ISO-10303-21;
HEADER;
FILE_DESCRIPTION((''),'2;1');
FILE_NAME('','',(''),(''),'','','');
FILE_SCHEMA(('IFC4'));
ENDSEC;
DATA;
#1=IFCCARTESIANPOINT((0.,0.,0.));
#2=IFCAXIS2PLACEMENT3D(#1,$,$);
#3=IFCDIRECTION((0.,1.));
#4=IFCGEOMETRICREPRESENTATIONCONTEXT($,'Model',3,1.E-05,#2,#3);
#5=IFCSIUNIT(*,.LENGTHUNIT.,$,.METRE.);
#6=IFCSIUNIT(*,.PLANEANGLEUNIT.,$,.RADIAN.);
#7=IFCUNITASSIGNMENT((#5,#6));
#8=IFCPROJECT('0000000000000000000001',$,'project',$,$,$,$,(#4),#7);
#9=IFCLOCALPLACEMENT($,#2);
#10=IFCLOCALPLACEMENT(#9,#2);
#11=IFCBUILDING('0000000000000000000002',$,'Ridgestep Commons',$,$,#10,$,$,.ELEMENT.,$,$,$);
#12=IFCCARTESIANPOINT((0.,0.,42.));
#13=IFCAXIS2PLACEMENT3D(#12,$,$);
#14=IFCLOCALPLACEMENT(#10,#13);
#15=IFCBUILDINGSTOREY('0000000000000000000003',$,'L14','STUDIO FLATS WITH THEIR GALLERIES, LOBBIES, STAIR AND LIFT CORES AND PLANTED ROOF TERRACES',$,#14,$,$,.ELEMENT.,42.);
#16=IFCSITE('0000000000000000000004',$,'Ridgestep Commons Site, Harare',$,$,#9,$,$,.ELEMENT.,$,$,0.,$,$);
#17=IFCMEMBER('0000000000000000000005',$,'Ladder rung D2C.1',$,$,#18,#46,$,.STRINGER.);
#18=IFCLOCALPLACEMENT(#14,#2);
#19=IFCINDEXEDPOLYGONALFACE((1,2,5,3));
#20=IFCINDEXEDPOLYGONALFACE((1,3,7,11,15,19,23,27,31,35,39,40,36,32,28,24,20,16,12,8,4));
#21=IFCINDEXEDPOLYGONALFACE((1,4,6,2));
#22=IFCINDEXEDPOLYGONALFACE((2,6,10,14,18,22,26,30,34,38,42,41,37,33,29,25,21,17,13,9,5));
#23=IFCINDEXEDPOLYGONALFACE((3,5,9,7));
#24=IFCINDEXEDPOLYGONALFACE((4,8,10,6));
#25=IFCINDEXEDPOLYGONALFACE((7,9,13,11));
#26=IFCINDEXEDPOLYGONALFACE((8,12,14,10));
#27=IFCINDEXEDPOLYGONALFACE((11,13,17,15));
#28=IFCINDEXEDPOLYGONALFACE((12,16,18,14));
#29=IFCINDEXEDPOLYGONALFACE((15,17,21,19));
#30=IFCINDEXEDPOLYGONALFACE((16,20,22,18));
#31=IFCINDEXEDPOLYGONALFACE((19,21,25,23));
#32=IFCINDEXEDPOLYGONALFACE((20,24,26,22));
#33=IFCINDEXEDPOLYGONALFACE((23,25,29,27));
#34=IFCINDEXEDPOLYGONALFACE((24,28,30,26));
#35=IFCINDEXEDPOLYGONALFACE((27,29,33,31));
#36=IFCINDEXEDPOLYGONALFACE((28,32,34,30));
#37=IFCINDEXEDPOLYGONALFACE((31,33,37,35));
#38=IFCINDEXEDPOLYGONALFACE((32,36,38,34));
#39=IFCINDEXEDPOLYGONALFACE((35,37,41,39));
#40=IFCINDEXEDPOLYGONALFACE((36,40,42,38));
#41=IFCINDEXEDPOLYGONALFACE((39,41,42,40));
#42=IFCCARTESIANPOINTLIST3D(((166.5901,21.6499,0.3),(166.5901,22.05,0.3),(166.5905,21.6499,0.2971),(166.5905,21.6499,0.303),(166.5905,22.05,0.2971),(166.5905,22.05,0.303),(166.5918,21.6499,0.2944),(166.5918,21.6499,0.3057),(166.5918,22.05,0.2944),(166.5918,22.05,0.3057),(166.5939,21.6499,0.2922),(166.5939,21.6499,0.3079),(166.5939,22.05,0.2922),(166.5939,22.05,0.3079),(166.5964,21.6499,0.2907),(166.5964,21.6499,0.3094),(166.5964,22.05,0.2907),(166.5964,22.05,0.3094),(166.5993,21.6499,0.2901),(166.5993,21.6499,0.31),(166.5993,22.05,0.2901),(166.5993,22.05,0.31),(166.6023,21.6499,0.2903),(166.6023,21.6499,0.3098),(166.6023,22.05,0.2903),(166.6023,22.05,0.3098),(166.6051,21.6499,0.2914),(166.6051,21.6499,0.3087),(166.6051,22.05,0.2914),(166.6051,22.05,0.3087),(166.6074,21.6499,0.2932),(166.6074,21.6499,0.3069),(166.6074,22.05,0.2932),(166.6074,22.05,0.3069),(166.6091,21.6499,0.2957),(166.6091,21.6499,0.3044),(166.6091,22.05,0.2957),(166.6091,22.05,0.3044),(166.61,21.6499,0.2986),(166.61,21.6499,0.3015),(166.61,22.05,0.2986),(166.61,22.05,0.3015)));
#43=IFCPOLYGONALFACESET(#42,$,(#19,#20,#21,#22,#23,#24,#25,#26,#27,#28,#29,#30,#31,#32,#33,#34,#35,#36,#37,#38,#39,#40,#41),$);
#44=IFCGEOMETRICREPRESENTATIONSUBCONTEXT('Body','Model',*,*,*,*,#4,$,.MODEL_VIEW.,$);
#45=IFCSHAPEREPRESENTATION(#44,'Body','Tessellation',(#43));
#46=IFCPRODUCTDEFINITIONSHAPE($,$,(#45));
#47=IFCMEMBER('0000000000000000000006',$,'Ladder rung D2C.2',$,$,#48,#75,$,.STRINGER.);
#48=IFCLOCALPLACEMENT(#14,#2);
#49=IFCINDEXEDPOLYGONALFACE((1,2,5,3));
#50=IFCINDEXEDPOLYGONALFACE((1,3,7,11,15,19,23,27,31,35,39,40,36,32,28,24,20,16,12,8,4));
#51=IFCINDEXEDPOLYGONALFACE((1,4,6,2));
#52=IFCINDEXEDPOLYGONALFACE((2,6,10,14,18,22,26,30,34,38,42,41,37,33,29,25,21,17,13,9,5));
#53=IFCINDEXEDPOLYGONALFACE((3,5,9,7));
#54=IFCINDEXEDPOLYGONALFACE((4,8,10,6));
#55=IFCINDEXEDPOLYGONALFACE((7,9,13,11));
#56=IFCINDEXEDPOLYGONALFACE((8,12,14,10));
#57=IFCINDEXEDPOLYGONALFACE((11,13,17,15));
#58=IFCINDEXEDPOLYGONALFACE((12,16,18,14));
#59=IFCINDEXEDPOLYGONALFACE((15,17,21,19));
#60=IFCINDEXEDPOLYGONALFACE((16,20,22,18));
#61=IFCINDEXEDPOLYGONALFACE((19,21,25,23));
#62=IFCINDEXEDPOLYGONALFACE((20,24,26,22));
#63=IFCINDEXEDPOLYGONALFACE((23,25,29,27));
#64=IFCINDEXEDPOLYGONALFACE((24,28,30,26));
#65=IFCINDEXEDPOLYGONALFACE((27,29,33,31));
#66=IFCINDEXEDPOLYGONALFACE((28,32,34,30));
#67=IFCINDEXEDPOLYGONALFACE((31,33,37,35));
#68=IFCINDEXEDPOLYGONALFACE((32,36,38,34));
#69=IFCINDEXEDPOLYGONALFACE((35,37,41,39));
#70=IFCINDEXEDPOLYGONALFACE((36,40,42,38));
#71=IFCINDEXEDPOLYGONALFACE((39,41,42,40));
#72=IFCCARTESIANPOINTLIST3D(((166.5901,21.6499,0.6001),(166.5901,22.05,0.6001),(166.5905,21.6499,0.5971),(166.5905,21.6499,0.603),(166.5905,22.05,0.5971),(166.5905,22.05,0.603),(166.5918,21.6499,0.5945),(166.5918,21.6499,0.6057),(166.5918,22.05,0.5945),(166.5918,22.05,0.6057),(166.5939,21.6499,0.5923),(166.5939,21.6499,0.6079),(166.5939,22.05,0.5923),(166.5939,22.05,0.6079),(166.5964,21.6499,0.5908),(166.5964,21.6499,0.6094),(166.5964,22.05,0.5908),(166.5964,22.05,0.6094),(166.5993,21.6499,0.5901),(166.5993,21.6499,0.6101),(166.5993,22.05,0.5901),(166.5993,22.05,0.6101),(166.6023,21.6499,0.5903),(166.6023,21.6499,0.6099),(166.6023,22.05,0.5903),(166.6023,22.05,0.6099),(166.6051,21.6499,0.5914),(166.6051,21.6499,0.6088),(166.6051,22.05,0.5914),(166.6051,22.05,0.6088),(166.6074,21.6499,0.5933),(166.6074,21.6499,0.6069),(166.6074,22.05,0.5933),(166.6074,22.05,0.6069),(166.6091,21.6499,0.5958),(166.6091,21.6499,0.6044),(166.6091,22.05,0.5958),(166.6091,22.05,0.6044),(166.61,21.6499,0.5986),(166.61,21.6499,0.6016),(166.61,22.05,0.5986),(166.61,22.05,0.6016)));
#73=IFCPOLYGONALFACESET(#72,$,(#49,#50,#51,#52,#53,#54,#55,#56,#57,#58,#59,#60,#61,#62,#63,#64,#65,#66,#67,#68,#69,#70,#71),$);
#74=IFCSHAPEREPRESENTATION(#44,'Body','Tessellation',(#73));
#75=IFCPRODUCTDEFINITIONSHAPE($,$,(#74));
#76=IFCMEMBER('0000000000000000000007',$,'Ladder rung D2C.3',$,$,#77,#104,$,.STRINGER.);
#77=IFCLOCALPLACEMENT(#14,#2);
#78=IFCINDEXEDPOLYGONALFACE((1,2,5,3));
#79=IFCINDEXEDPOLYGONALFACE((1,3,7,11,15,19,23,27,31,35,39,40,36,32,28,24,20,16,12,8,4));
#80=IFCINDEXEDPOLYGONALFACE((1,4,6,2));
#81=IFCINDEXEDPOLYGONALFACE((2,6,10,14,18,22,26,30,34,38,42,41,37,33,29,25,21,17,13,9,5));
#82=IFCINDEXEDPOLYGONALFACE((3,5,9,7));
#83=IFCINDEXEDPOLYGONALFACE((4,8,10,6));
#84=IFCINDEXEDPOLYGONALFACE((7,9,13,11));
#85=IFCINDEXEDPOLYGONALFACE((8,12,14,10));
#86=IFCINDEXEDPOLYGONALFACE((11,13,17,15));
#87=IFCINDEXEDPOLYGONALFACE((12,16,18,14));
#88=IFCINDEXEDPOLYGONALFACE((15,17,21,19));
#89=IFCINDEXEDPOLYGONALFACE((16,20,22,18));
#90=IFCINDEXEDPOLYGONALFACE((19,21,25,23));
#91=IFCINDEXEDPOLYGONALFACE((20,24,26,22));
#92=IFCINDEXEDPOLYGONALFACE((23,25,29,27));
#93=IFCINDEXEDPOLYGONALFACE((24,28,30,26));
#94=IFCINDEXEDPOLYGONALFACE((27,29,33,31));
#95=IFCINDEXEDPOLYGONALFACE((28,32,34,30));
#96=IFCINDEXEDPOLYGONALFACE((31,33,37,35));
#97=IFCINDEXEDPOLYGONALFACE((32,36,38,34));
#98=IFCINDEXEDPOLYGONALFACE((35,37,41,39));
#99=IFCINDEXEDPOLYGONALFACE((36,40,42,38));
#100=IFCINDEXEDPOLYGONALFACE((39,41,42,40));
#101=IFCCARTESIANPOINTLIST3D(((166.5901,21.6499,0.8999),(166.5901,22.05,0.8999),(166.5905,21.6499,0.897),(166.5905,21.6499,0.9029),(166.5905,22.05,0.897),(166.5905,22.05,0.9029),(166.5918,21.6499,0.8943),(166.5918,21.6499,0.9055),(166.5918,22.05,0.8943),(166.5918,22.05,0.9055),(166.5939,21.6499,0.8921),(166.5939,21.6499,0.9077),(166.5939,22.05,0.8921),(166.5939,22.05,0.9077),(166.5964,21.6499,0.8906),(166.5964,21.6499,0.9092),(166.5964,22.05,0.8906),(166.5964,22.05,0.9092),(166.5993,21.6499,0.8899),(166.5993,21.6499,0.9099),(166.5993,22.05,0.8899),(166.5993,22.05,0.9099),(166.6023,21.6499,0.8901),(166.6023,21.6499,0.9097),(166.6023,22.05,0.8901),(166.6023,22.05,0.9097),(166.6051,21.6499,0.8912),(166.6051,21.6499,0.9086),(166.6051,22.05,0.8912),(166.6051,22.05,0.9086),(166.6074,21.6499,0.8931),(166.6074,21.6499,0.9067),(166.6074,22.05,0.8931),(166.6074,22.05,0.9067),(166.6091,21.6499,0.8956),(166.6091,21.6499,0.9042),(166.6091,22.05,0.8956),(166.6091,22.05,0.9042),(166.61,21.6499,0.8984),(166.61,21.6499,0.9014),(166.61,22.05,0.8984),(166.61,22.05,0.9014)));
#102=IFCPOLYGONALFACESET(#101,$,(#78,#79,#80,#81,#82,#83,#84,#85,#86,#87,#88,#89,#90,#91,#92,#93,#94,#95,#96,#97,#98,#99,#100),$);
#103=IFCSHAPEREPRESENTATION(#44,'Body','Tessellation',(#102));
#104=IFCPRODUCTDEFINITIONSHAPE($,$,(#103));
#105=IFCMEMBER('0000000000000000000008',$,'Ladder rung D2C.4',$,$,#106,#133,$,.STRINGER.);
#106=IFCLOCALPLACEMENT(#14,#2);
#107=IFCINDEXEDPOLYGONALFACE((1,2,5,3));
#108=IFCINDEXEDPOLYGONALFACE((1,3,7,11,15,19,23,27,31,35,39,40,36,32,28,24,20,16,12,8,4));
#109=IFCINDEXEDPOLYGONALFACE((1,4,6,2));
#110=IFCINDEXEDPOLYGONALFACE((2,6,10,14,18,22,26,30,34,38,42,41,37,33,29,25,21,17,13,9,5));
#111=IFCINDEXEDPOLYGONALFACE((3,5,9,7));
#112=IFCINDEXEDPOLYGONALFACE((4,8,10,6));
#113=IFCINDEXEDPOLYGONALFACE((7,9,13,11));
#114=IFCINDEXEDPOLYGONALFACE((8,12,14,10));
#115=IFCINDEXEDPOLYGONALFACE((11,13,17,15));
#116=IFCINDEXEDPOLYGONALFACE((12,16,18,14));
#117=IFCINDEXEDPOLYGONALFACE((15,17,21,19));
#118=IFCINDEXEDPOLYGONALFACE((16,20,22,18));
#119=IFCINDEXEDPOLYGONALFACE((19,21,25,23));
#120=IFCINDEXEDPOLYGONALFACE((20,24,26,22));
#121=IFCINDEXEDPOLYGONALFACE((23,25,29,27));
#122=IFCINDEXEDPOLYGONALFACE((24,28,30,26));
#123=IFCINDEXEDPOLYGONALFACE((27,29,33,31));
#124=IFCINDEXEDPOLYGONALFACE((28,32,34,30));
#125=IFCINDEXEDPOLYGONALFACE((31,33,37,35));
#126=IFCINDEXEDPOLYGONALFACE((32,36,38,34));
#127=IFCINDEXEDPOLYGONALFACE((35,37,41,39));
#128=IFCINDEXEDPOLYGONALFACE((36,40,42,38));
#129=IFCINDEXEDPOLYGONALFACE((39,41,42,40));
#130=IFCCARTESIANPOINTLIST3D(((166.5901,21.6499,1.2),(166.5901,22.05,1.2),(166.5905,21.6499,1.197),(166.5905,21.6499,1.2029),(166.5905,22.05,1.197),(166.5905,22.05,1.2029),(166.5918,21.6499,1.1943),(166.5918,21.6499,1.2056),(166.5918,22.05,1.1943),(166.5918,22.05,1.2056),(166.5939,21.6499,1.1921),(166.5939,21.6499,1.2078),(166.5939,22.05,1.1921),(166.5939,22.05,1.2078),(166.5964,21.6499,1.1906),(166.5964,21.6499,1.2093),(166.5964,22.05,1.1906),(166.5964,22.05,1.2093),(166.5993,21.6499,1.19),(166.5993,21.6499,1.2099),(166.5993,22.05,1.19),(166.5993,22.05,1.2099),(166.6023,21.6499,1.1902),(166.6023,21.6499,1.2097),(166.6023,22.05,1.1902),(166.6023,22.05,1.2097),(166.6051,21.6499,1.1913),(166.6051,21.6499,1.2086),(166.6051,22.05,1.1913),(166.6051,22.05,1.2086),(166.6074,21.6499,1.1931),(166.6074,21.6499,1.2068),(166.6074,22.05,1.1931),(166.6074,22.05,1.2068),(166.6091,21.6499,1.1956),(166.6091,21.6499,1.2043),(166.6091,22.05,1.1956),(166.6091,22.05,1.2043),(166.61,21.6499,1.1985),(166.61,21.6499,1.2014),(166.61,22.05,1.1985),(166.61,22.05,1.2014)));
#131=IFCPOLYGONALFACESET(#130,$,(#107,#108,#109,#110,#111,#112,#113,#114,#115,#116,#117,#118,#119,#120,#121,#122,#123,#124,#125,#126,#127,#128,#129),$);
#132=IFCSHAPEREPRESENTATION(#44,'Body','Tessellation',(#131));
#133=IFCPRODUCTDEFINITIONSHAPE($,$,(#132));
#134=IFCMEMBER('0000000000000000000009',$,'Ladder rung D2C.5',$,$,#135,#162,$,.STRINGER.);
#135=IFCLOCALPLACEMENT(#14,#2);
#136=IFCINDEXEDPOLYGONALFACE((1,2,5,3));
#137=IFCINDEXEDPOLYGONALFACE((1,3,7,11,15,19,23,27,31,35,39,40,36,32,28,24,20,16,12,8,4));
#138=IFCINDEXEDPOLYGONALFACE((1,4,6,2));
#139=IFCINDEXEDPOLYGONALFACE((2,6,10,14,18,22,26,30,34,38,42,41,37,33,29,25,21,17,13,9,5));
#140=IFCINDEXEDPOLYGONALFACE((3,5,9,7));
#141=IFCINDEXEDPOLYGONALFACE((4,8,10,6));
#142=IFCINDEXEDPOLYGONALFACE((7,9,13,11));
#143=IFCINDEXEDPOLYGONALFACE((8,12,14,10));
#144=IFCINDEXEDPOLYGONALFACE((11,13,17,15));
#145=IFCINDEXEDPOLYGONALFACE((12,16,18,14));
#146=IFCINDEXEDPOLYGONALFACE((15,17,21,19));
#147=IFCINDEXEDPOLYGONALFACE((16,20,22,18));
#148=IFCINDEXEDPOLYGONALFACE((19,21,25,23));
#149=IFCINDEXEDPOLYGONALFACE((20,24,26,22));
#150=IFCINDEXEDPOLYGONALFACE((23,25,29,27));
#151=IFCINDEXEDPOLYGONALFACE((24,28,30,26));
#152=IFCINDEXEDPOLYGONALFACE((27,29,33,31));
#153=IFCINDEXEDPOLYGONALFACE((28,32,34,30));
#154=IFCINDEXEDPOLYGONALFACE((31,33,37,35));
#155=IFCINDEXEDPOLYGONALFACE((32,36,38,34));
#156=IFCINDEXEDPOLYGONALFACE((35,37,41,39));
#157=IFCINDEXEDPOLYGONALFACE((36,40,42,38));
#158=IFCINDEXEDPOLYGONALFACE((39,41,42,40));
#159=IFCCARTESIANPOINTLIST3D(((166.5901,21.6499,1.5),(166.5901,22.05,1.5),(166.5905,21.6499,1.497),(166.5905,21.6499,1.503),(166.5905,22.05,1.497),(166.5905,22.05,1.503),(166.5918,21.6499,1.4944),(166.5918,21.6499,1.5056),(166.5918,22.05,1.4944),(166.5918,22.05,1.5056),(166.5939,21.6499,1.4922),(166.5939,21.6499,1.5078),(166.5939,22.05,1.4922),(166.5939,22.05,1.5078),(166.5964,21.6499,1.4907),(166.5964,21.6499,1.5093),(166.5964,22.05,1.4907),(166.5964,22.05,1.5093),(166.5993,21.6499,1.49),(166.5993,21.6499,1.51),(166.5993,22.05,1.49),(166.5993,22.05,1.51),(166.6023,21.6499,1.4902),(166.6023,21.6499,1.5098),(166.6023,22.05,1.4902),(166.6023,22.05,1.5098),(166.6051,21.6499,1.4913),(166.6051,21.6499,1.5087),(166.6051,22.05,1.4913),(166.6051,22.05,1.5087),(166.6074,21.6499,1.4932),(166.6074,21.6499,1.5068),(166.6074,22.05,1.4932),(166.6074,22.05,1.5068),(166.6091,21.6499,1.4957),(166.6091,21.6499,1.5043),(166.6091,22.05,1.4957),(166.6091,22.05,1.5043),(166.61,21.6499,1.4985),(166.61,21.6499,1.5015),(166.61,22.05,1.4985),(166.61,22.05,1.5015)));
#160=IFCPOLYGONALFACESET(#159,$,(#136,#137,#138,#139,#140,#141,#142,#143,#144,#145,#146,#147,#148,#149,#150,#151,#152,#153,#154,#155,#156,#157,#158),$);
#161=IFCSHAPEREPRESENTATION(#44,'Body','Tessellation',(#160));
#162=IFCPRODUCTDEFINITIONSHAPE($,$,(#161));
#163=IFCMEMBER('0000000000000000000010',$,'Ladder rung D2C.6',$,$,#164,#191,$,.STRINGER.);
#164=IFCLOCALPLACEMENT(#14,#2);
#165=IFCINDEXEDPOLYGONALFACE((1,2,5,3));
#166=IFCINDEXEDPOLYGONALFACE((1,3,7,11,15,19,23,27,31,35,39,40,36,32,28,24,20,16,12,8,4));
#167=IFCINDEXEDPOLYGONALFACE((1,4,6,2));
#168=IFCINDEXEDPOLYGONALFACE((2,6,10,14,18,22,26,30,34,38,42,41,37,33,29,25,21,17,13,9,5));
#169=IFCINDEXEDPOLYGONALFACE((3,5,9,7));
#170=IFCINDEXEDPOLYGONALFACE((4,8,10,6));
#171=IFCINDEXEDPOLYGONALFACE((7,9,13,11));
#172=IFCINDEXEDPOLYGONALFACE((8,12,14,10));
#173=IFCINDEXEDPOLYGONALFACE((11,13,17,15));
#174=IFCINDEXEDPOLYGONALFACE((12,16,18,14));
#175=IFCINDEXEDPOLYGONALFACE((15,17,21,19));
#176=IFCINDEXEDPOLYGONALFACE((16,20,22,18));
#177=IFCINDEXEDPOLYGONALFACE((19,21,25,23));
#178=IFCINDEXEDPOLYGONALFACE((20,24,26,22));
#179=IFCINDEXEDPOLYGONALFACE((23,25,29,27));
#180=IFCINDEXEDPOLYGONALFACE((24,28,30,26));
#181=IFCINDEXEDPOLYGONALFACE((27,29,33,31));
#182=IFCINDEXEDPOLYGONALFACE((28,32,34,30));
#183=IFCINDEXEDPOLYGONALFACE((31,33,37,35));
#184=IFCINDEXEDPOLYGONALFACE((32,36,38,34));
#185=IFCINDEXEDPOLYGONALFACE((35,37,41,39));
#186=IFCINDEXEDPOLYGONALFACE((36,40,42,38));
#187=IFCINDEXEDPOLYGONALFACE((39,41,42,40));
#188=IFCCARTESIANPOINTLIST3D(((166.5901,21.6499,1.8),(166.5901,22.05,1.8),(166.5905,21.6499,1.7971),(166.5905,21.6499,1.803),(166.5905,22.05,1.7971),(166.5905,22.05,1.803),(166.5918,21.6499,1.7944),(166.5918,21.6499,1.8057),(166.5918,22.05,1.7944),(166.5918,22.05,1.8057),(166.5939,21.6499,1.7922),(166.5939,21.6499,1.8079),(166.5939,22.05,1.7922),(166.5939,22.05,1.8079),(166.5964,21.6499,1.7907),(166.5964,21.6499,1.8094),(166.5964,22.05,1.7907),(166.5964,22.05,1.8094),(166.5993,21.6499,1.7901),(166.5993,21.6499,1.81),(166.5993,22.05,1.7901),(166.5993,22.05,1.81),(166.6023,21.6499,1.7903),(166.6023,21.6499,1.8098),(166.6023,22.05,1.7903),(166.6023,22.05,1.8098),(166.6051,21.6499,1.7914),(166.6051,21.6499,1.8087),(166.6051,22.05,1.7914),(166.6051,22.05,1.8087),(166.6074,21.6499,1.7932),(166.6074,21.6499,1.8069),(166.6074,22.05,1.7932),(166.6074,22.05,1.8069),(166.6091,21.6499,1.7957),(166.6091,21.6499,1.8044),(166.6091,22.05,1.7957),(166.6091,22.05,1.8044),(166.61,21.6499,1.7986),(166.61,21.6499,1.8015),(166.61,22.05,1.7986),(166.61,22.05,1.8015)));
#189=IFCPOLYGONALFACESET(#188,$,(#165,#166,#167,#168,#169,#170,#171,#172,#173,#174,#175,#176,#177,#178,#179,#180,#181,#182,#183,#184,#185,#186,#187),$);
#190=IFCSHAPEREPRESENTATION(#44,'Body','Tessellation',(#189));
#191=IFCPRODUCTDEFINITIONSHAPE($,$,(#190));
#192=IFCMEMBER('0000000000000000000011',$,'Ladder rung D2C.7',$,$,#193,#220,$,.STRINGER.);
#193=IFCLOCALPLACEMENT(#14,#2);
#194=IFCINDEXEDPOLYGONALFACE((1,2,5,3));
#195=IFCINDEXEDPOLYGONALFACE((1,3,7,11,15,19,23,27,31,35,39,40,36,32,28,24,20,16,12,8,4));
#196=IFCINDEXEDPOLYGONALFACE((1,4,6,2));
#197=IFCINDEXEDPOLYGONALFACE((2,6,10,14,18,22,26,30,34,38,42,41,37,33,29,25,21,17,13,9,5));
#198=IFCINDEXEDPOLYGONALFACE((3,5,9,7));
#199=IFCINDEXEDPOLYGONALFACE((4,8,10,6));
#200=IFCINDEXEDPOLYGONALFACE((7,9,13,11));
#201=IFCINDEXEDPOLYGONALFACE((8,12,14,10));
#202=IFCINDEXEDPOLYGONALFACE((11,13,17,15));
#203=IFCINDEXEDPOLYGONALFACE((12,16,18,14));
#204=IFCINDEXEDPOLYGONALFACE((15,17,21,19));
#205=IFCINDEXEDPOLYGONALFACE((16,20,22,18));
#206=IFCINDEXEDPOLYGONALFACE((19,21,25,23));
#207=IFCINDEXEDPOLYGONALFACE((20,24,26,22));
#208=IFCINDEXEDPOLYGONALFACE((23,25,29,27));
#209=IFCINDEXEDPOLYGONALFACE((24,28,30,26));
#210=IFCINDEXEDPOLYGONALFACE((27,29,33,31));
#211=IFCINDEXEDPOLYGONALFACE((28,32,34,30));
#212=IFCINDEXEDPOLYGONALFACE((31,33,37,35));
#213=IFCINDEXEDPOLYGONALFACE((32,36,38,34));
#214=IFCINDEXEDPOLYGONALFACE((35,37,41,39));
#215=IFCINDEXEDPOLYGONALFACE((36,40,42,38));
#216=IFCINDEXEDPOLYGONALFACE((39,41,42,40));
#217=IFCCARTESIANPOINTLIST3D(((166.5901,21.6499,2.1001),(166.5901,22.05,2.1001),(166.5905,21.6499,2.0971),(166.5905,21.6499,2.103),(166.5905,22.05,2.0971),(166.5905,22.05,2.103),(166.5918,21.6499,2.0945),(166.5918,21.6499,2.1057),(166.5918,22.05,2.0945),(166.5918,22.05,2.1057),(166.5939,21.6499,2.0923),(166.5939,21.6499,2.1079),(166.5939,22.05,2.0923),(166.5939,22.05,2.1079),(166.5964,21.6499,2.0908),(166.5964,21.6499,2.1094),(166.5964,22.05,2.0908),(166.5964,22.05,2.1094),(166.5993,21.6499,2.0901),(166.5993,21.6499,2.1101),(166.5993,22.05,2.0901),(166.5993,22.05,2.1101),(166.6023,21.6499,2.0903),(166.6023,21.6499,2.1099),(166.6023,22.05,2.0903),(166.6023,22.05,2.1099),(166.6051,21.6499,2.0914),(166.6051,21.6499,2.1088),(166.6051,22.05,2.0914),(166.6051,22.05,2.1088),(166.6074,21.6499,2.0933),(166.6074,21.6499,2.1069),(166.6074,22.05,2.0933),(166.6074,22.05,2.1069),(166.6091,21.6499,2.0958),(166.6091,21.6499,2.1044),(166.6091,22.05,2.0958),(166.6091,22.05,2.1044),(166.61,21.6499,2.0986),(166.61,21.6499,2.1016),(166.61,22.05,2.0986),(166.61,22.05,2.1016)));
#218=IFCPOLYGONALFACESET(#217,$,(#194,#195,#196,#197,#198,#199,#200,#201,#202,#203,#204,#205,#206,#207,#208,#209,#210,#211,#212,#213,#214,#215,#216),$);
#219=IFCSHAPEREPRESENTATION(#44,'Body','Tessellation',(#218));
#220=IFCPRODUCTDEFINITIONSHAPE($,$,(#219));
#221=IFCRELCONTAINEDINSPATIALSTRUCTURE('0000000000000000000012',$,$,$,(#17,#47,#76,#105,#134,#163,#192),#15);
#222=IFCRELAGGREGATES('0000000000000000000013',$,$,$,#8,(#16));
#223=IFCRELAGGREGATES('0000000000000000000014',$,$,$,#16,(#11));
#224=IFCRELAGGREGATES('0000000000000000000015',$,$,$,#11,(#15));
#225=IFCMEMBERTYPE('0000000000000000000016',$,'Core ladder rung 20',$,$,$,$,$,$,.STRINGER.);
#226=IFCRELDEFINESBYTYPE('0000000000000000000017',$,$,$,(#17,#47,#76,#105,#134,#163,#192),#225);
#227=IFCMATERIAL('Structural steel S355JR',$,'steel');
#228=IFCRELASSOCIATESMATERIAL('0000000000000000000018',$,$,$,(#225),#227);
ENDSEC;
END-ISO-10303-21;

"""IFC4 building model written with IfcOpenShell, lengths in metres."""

from ifc_helpers import new_model, si_unit, direction, frame, origin, origin_2d, place, context, subcontext, project, spatial, circle, extrude, material, material_profile, profile_set, type_object, element, save


model = new_model("IFC4")

# Units and contexts
model_context = context("Model", 3, precision=1e-05, world=origin(), true_north=direction((0.0, 1.0)))
body_context = subcontext(model_context, "Body", "Model", "MODEL_VIEW")
ifc_project = project(units=[si_unit("LENGTHUNIT", "METRE"), si_unit("PLANEANGLEUNIT", "RADIAN")], contexts=[model_context])

# Site, building, storey
site_placement = place(None, origin())
site = spatial("IfcSite", under=ifc_project, at=site_placement, Name="Ridgestep Commons Site, Harare", CompositionType="ELEMENT", RefElevation=0.0)
building_placement = place(site_placement, origin())
building = spatial("IfcBuilding", under=site, at=building_placement, Name="Ridgestep Commons", CompositionType="ELEMENT")
storey_placement = place(building_placement, frame((0.0, 0.0, 42.0)))
storey = spatial("IfcBuildingStorey", under=building, at=storey_placement, Name="L14", Description="STUDIO FLATS WITH THEIR GALLERIES, LOBBIES, STAIR AND LIFT CORES AND PLANTED ROOF TERRACES", CompositionType="ELEMENT", Elevation=42.0)

# Members
ifc_material_1 = material(Name="Structural steel S355JR", Category="steel")
ifc_material_profile_1 = material_profile(ifc_material_1, circle(Radius=0.01, at=origin_2d()), Name="Round bar 20")
ifc_profile_set_1 = profile_set([ifc_material_profile_1], Name="Structural steel S355JR")
member_type_1 = type_object("IfcMemberType", Name="Core ladder rung 20", PredefinedType="STRINGER", material=ifc_profile_set_1)
for number, where, z_axis, x_axis, name in (
    (1, (166.6001, 21.6499, 0.3), (0.0, 1.0, 0.0), (-1.0, 0.0, 0.0), "Ladder rung D2C.1"),
    (2, (166.6001, 21.6499, 0.6001), (0.0, 1.0, 0.0), (-1.0, 0.0, 0.0), "Ladder rung D2C.2"),
    (3, (166.6001, 21.6499, 0.8999), (0.0, 1.0, 0.0), (-1.0, 0.0, 0.0), "Ladder rung D2C.3"),
    (4, (166.6001, 21.6499, 1.2), (0.0, 1.0, 0.0), (-1.0, 0.0, 0.0), "Ladder rung D2C.4"),
    (5, (166.6001, 21.6499, 1.5), (0.0, 1.0, 0.0), (-1.0, 0.0, 0.0), "Ladder rung D2C.5"),
    (6, (166.6001, 21.6499, 1.8), (0.0, 1.0, 0.0), (-1.0, 0.0, 0.0), "Ladder rung D2C.6"),
    (7, (166.6001, 21.6499, 2.1001), (0.0, 1.0, 0.0), (-1.0, 0.0, 0.0), "Ladder rung D2C.7"),
):
    element("IfcMember", number, at=place(storey_placement, frame(where, z_axis=z_axis, x_axis=x_axis)), inside=storey, type_object=member_type_1, Name=name, PredefinedType="STRINGER", context=body_context, shape_type="SweptSolid", body=[
        extrude(circle(Radius=0.01, at=origin_2d()), origin(), (0.0, 0.0, 1.0), 0.4001),
    ])

save(model, "model.ifc")
